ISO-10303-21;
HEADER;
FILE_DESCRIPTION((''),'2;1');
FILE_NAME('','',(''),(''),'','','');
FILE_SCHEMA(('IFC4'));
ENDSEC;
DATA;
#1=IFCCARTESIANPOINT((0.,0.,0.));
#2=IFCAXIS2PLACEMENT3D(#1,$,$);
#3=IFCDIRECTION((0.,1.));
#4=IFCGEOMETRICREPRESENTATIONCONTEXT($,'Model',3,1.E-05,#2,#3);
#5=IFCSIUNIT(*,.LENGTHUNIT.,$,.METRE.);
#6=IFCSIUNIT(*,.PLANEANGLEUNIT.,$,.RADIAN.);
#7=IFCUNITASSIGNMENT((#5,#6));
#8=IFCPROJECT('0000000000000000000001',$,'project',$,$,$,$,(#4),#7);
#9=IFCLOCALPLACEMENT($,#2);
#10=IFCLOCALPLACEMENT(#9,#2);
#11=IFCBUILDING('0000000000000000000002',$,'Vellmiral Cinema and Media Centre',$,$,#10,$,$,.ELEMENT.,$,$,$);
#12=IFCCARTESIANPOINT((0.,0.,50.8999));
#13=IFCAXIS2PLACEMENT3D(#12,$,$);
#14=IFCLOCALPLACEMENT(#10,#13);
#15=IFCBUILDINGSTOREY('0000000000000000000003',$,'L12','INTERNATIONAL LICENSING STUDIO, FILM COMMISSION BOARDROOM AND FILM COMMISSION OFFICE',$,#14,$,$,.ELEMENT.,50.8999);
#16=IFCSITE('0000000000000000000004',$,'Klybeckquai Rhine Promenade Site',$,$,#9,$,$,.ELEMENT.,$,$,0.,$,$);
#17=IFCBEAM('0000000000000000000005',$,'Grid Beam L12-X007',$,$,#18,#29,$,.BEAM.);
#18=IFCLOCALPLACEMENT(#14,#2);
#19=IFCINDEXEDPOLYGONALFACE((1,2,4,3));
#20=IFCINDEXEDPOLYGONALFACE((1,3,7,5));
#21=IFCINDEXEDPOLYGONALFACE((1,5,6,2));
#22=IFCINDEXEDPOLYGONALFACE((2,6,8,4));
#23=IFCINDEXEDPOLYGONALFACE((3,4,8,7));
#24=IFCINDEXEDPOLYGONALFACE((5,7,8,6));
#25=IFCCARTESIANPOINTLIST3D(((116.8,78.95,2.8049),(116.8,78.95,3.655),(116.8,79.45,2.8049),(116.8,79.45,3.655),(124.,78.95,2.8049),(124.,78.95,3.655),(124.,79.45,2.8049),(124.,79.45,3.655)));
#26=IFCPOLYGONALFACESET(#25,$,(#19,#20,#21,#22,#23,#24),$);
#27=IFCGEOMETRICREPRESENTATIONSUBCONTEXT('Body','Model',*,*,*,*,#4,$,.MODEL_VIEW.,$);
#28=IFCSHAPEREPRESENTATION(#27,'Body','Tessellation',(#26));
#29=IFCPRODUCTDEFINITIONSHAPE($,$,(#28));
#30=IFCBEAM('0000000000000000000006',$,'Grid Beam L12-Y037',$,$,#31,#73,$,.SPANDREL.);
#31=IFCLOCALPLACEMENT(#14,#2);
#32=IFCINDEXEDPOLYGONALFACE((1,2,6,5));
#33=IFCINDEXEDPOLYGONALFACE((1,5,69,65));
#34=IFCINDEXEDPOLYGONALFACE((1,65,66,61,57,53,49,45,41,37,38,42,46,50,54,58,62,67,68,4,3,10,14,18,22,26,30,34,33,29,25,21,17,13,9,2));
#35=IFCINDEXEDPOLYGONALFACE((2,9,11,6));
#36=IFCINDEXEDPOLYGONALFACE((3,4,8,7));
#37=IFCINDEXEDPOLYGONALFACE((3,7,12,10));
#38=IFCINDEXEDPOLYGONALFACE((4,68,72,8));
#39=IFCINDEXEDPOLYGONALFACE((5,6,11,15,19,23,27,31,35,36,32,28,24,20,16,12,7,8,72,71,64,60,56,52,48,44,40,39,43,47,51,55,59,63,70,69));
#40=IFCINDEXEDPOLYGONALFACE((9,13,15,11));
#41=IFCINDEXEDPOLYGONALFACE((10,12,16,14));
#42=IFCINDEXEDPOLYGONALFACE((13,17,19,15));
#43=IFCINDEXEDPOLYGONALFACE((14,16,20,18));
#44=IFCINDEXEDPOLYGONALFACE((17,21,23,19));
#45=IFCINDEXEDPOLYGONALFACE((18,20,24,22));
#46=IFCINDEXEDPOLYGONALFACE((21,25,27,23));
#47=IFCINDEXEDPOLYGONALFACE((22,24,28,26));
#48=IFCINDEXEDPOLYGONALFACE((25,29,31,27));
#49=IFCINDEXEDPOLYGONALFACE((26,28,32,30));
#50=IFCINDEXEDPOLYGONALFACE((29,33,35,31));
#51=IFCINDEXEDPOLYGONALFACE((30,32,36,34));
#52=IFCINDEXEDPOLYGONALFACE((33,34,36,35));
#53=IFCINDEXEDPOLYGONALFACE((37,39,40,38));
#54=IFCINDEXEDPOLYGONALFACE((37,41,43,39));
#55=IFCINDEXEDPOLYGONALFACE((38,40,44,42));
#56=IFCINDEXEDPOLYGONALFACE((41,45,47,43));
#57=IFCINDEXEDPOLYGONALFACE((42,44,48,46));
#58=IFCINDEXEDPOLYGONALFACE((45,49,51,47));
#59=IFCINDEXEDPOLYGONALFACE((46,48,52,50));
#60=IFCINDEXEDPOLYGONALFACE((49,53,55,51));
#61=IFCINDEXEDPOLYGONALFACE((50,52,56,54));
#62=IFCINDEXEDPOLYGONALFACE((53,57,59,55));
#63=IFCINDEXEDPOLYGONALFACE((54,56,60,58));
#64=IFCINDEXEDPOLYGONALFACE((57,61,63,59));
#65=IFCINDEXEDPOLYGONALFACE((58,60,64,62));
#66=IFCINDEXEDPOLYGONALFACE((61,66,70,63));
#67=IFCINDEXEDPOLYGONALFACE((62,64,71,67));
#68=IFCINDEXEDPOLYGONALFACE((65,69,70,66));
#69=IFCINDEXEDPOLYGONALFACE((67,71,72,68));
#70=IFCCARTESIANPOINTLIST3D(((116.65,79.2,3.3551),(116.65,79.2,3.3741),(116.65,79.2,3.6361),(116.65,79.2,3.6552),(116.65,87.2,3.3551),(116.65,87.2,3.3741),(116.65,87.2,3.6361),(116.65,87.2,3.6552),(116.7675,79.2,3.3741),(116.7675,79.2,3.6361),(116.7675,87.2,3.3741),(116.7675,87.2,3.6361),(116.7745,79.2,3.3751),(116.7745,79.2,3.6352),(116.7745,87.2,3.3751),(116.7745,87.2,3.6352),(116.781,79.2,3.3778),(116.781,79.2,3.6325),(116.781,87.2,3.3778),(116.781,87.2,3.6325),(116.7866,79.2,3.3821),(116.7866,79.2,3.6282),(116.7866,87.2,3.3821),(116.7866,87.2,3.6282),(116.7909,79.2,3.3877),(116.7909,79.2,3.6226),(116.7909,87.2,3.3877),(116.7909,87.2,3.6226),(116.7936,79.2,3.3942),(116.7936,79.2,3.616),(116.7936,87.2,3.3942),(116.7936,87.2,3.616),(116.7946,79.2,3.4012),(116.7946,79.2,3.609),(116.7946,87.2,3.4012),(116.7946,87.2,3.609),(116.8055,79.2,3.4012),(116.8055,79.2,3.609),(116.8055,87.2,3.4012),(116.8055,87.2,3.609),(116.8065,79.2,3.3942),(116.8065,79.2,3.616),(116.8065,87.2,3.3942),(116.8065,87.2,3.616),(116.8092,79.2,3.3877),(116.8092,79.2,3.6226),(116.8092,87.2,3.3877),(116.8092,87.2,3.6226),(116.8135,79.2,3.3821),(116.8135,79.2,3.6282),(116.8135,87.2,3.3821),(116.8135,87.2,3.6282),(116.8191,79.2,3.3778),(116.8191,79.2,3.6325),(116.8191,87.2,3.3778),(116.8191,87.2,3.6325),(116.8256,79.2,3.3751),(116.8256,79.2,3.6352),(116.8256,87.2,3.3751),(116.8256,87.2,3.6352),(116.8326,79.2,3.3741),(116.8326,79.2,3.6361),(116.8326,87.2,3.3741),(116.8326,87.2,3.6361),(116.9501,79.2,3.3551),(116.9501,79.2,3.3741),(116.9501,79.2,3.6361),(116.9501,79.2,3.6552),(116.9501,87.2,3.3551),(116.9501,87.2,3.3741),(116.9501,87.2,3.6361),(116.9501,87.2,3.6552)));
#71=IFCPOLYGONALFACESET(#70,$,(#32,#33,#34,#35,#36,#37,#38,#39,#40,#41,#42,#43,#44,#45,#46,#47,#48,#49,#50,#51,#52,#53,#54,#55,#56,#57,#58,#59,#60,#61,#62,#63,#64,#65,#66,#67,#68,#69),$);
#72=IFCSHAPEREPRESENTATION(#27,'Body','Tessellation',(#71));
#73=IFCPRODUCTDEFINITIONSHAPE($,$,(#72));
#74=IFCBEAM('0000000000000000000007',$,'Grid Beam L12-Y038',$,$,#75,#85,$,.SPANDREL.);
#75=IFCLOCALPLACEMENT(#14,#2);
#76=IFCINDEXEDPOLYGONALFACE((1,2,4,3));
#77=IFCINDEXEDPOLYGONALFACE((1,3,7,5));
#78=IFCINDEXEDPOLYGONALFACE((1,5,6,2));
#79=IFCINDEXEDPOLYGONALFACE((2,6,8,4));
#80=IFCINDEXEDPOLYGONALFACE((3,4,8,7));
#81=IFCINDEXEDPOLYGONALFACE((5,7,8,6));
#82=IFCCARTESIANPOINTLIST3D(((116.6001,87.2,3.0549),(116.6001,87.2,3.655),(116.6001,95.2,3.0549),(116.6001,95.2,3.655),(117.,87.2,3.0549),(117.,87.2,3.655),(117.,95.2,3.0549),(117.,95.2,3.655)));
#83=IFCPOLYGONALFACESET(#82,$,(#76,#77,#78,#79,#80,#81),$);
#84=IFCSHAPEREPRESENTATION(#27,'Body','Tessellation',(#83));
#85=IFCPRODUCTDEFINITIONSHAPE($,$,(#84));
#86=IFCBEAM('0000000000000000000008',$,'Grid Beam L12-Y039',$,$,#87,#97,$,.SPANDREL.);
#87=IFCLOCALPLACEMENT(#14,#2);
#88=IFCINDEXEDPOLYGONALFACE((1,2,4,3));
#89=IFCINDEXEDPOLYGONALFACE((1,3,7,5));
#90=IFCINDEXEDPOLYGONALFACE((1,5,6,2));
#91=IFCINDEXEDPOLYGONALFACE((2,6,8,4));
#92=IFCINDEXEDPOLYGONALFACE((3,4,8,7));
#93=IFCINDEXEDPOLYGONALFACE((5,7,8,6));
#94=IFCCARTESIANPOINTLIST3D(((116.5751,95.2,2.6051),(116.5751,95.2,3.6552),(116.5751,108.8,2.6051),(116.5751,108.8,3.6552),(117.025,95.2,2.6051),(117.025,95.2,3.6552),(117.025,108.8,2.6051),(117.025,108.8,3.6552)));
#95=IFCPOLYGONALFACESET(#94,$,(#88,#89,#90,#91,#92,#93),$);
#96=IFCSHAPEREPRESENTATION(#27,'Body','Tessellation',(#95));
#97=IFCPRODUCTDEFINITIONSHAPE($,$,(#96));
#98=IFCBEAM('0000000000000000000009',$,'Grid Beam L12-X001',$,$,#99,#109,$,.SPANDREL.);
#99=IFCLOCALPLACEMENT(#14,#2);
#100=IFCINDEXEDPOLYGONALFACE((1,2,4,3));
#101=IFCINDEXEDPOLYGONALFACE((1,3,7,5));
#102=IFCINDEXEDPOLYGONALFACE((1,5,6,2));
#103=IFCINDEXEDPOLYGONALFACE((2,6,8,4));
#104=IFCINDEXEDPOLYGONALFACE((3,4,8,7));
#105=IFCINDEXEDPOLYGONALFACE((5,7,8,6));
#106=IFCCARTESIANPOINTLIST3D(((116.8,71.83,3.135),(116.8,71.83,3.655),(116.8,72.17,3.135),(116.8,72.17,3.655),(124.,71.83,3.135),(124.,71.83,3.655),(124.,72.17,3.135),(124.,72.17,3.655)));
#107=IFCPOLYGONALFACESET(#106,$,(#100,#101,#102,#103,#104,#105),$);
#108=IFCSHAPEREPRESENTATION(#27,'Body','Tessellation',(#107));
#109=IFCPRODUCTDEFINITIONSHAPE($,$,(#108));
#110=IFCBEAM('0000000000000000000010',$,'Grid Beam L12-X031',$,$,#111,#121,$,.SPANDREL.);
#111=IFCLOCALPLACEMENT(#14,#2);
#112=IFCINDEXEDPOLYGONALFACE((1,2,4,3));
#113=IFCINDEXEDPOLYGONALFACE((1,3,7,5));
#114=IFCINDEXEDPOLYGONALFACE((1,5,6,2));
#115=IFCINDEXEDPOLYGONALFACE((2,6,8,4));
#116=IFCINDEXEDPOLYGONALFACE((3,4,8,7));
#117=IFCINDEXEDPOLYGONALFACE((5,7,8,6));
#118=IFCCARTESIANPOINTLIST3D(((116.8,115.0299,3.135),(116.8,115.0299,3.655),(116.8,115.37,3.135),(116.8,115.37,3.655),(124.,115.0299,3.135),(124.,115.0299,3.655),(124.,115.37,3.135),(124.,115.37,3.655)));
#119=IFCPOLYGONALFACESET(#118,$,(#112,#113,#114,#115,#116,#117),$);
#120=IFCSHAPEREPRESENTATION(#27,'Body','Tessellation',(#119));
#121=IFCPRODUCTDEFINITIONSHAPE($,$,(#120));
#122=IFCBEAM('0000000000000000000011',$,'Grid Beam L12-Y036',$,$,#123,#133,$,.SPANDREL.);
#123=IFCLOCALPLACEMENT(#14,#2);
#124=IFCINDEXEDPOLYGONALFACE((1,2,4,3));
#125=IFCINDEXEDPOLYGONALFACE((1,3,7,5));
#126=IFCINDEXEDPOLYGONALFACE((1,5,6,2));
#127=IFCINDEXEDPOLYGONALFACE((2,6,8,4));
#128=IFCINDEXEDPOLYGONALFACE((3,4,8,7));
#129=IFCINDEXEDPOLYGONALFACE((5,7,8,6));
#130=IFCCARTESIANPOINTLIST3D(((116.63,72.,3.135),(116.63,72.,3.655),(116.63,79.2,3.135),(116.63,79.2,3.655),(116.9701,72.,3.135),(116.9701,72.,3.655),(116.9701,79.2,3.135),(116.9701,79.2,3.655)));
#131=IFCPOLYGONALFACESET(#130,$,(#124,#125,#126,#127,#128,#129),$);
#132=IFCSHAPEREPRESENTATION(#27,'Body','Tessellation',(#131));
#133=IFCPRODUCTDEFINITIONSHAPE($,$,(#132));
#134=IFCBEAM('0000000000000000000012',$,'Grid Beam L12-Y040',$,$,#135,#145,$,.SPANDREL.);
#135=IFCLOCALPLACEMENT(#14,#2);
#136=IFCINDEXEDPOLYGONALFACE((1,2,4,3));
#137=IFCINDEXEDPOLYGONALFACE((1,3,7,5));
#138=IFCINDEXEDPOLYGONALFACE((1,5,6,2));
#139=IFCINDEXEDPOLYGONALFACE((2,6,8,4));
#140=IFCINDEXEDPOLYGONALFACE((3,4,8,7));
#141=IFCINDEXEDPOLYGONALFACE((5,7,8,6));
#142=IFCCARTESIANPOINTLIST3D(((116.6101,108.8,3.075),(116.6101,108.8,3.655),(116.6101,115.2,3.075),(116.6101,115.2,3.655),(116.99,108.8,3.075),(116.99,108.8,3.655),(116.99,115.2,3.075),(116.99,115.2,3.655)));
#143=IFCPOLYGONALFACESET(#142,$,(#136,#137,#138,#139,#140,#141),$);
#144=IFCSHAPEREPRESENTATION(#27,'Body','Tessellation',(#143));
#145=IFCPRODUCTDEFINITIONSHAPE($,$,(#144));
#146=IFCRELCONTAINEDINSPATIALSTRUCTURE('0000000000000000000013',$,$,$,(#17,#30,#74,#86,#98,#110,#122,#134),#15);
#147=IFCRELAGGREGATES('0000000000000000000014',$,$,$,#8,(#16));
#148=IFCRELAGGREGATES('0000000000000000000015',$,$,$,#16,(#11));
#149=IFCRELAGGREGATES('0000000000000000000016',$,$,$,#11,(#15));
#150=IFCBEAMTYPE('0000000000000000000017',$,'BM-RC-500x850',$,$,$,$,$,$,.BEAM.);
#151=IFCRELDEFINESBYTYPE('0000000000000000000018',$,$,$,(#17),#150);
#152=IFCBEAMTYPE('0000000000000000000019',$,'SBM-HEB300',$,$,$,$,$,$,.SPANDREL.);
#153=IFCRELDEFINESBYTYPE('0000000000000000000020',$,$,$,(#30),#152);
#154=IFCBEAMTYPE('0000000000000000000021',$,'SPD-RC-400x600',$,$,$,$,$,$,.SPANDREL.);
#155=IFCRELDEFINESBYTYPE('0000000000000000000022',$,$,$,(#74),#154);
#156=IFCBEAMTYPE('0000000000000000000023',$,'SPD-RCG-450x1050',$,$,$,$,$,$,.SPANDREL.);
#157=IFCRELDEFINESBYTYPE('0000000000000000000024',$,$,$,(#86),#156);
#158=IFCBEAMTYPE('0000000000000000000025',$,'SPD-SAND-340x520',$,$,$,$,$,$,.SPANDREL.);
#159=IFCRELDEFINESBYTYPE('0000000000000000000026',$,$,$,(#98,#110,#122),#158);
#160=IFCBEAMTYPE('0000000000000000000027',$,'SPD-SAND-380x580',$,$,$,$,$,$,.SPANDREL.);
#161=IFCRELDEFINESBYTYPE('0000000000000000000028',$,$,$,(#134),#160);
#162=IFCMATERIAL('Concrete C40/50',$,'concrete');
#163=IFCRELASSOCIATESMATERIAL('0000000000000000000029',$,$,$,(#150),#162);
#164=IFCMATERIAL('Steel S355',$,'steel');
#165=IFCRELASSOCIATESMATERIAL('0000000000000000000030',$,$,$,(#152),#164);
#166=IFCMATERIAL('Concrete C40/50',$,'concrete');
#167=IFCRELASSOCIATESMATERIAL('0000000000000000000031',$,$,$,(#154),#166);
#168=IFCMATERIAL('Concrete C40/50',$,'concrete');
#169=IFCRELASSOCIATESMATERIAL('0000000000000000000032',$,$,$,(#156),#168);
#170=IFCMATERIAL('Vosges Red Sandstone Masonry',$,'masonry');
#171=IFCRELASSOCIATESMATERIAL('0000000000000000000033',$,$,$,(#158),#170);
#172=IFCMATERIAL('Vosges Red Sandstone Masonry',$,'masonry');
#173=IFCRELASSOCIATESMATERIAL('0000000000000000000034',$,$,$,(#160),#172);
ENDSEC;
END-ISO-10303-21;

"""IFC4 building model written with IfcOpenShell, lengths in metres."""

from ifc_helpers import new_model, si_unit, direction, frame, origin, origin_2d, place, context, subcontext, project, spatial, rectangle, i_section, extrude, material, material_profile, profile_set, type_object, element, save


model = new_model("IFC4")

# Units and contexts
model_context = context("Model", 3, precision=1e-05, world=origin(), true_north=direction((0.0, 1.0)))
body_context = subcontext(model_context, "Body", "Model", "MODEL_VIEW")
ifc_project = project(units=[si_unit("LENGTHUNIT", "METRE"), si_unit("PLANEANGLEUNIT", "RADIAN")], contexts=[model_context])

# Site, building, storey
site_placement = place(None, origin())
site = spatial("IfcSite", under=ifc_project, at=site_placement, Name="Klybeckquai Rhine Promenade Site", CompositionType="ELEMENT", RefElevation=0.0)
building_placement = place(site_placement, origin())
building = spatial("IfcBuilding", under=site, at=building_placement, Name="Vellmiral Cinema and Media Centre", CompositionType="ELEMENT")
storey_placement = place(building_placement, frame((0.0, 0.0, 50.8999)))
storey = spatial("IfcBuildingStorey", under=building, at=storey_placement, Name="L12", Description="INTERNATIONAL LICENSING STUDIO, FILM COMMISSION BOARDROOM AND FILM COMMISSION OFFICE", CompositionType="ELEMENT", Elevation=50.8999)

# Beams
ifc_material_1 = material(Name="Concrete C40/50", Category="concrete")
ifc_material_profile_1 = material_profile(ifc_material_1, rectangle(XDim=0.5, YDim=0.8501, at=origin_2d()), Name="RC 500x850")
ifc_profile_set_1 = profile_set([ifc_material_profile_1], Name="Concrete C40/50")
beam_type_1 = type_object("IfcBeamType", Name="BM-RC-500x850", PredefinedType="BEAM", material=ifc_profile_set_1)
beam_1_placement = place(storey_placement, frame((116.8, 79.2, 3.23), z_axis=(1.0, 0.0, 0.0), x_axis=(0.0, 1.0, 0.0)))
element("IfcBeam", 1, at=beam_1_placement, inside=storey, type_object=beam_type_1, Name="Grid Beam L12-X007", PredefinedType="BEAM", context=body_context, shape_type="SweptSolid", body=[
    extrude(rectangle(XDim=0.5, YDim=0.8501, at=origin_2d()), origin(), (0.0, 0.0, 1.0), 7.2),
])
ifc_material_2 = material(Name="Steel S355", Category="steel")
ifc_material_profile_2 = material_profile(ifc_material_2, i_section(OverallWidth=0.3, OverallDepth=0.3, WebThickness=0.011, FlangeThickness=0.019, FilletRadius=0.0271, at=origin_2d()), Name="HEB 300")
ifc_profile_set_2 = profile_set([ifc_material_profile_2], Name="Steel S355")
beam_type_2 = type_object("IfcBeamType", Name="SBM-HEB300", PredefinedType="SPANDREL", material=ifc_profile_set_2)
beam_2_placement = place(storey_placement, frame((116.8, 79.2, 3.5051), z_axis=(0.0, 1.0, 0.0), x_axis=(-1.0, 0.0, 0.0)))
element("IfcBeam", 2, at=beam_2_placement, inside=storey, type_object=beam_type_2, Name="Grid Beam L12-Y037", PredefinedType="SPANDREL", context=body_context, shape_type="SweptSolid", body=[
    extrude(i_section(OverallWidth=0.3, OverallDepth=0.3, WebThickness=0.011, FlangeThickness=0.019, FilletRadius=0.0271, at=origin_2d()), origin(), (0.0, 0.0, 1.0), 8.0),
])
ifc_material_3 = material(Name="Concrete C40/50", Category="concrete")
ifc_material_profile_3 = material_profile(ifc_material_3, rectangle(XDim=0.3999, YDim=0.6001, at=origin_2d()), Name="RC 400x600")
ifc_profile_set_3 = profile_set([ifc_material_profile_3], Name="Concrete C40/50")
beam_type_3 = type_object("IfcBeamType", Name="SPD-RC-400x600", PredefinedType="SPANDREL", material=ifc_profile_set_3)
beam_3_placement = place(storey_placement, frame((116.8, 87.2, 3.355), z_axis=(0.0, 1.0, 0.0), x_axis=(-1.0, 0.0, 0.0)))
element("IfcBeam", 3, at=beam_3_placement, inside=storey, type_object=beam_type_3, Name="Grid Beam L12-Y038", PredefinedType="SPANDREL", context=body_context, shape_type="SweptSolid", body=[
    extrude(rectangle(XDim=0.3999, YDim=0.6001, at=origin_2d()), origin(), (0.0, 0.0, 1.0), 8.0),
])
ifc_material_4 = material(Name="Concrete C40/50", Category="concrete")
ifc_material_profile_4 = material_profile(ifc_material_4, rectangle(XDim=0.45, YDim=1.05, at=origin_2d()), Name="RC 450x1050")
ifc_profile_set_4 = profile_set([ifc_material_profile_4], Name="Concrete C40/50")
beam_type_4 = type_object("IfcBeamType", Name="SPD-RCG-450x1050", PredefinedType="SPANDREL", material=ifc_profile_set_4)
beam_4_placement = place(storey_placement, frame((116.8, 95.2, 3.1301), z_axis=(0.0, 1.0, 0.0), x_axis=(-1.0, 0.0, 0.0)))
element("IfcBeam", 4, at=beam_4_placement, inside=storey, type_object=beam_type_4, Name="Grid Beam L12-Y039", PredefinedType="SPANDREL", context=body_context, shape_type="SweptSolid", body=[
    extrude(rectangle(XDim=0.45, YDim=1.05, at=origin_2d()), origin(), (0.0, 0.0, 1.0), 13.6001),
])
ifc_material_5 = material(Name="Vosges Red Sandstone Masonry", Category="masonry")
ifc_material_profile_5 = material_profile(ifc_material_5, rectangle(XDim=0.3401, YDim=0.52, at=origin_2d()), Name="SAND 340x520")
ifc_profile_set_5 = profile_set([ifc_material_profile_5], Name="Vosges Red Sandstone Masonry")
beam_type_5 = type_object("IfcBeamType", Name="SPD-SAND-340x520", PredefinedType="SPANDREL", material=ifc_profile_set_5)
for number, where, z_axis, x_axis, name in (
    (5, (116.8, 72.0, 3.395), (1.0, 0.0, 0.0), (0.0, 1.0, 0.0), "Grid Beam L12-X001"),
    (6, (116.8, 115.2, 3.395), (1.0, 0.0, 0.0), (0.0, 1.0, 0.0), "Grid Beam L12-X031"),
    (7, (116.8, 72.0, 3.395), (0.0, 1.0, 0.0), (-1.0, 0.0, 0.0), "Grid Beam L12-Y036"),
):
    element("IfcBeam", number, at=place(storey_placement, frame(where, z_axis=z_axis, x_axis=x_axis)), inside=storey, type_object=beam_type_5, Name=name, PredefinedType="SPANDREL", context=body_context, shape_type="SweptSolid", body=[
        extrude(rectangle(XDim=0.3401, YDim=0.52, at=origin_2d()), origin(), (0.0, 0.0, 1.0), 7.2),
    ])
ifc_material_6 = material(Name="Vosges Red Sandstone Masonry", Category="masonry")
ifc_material_profile_6 = material_profile(ifc_material_6, rectangle(XDim=0.3799, YDim=0.5801, at=origin_2d()), Name="SAND 380x580")
ifc_profile_set_6 = profile_set([ifc_material_profile_6], Name="Vosges Red Sandstone Masonry")
beam_type_6 = type_object("IfcBeamType", Name="SPD-SAND-380x580", PredefinedType="SPANDREL", material=ifc_profile_set_6)
beam_5_placement = place(storey_placement, frame((116.8, 108.8, 3.365), z_axis=(0.0, 1.0, 0.0), x_axis=(-1.0, 0.0, 0.0)))
element("IfcBeam", 8, at=beam_5_placement, inside=storey, type_object=beam_type_6, Name="Grid Beam L12-Y040", PredefinedType="SPANDREL", context=body_context, shape_type="SweptSolid", body=[
    extrude(rectangle(XDim=0.3799, YDim=0.5801, at=origin_2d()), origin(), (0.0, 0.0, 1.0), 6.3999),
])

save(model, "model.ifc")
